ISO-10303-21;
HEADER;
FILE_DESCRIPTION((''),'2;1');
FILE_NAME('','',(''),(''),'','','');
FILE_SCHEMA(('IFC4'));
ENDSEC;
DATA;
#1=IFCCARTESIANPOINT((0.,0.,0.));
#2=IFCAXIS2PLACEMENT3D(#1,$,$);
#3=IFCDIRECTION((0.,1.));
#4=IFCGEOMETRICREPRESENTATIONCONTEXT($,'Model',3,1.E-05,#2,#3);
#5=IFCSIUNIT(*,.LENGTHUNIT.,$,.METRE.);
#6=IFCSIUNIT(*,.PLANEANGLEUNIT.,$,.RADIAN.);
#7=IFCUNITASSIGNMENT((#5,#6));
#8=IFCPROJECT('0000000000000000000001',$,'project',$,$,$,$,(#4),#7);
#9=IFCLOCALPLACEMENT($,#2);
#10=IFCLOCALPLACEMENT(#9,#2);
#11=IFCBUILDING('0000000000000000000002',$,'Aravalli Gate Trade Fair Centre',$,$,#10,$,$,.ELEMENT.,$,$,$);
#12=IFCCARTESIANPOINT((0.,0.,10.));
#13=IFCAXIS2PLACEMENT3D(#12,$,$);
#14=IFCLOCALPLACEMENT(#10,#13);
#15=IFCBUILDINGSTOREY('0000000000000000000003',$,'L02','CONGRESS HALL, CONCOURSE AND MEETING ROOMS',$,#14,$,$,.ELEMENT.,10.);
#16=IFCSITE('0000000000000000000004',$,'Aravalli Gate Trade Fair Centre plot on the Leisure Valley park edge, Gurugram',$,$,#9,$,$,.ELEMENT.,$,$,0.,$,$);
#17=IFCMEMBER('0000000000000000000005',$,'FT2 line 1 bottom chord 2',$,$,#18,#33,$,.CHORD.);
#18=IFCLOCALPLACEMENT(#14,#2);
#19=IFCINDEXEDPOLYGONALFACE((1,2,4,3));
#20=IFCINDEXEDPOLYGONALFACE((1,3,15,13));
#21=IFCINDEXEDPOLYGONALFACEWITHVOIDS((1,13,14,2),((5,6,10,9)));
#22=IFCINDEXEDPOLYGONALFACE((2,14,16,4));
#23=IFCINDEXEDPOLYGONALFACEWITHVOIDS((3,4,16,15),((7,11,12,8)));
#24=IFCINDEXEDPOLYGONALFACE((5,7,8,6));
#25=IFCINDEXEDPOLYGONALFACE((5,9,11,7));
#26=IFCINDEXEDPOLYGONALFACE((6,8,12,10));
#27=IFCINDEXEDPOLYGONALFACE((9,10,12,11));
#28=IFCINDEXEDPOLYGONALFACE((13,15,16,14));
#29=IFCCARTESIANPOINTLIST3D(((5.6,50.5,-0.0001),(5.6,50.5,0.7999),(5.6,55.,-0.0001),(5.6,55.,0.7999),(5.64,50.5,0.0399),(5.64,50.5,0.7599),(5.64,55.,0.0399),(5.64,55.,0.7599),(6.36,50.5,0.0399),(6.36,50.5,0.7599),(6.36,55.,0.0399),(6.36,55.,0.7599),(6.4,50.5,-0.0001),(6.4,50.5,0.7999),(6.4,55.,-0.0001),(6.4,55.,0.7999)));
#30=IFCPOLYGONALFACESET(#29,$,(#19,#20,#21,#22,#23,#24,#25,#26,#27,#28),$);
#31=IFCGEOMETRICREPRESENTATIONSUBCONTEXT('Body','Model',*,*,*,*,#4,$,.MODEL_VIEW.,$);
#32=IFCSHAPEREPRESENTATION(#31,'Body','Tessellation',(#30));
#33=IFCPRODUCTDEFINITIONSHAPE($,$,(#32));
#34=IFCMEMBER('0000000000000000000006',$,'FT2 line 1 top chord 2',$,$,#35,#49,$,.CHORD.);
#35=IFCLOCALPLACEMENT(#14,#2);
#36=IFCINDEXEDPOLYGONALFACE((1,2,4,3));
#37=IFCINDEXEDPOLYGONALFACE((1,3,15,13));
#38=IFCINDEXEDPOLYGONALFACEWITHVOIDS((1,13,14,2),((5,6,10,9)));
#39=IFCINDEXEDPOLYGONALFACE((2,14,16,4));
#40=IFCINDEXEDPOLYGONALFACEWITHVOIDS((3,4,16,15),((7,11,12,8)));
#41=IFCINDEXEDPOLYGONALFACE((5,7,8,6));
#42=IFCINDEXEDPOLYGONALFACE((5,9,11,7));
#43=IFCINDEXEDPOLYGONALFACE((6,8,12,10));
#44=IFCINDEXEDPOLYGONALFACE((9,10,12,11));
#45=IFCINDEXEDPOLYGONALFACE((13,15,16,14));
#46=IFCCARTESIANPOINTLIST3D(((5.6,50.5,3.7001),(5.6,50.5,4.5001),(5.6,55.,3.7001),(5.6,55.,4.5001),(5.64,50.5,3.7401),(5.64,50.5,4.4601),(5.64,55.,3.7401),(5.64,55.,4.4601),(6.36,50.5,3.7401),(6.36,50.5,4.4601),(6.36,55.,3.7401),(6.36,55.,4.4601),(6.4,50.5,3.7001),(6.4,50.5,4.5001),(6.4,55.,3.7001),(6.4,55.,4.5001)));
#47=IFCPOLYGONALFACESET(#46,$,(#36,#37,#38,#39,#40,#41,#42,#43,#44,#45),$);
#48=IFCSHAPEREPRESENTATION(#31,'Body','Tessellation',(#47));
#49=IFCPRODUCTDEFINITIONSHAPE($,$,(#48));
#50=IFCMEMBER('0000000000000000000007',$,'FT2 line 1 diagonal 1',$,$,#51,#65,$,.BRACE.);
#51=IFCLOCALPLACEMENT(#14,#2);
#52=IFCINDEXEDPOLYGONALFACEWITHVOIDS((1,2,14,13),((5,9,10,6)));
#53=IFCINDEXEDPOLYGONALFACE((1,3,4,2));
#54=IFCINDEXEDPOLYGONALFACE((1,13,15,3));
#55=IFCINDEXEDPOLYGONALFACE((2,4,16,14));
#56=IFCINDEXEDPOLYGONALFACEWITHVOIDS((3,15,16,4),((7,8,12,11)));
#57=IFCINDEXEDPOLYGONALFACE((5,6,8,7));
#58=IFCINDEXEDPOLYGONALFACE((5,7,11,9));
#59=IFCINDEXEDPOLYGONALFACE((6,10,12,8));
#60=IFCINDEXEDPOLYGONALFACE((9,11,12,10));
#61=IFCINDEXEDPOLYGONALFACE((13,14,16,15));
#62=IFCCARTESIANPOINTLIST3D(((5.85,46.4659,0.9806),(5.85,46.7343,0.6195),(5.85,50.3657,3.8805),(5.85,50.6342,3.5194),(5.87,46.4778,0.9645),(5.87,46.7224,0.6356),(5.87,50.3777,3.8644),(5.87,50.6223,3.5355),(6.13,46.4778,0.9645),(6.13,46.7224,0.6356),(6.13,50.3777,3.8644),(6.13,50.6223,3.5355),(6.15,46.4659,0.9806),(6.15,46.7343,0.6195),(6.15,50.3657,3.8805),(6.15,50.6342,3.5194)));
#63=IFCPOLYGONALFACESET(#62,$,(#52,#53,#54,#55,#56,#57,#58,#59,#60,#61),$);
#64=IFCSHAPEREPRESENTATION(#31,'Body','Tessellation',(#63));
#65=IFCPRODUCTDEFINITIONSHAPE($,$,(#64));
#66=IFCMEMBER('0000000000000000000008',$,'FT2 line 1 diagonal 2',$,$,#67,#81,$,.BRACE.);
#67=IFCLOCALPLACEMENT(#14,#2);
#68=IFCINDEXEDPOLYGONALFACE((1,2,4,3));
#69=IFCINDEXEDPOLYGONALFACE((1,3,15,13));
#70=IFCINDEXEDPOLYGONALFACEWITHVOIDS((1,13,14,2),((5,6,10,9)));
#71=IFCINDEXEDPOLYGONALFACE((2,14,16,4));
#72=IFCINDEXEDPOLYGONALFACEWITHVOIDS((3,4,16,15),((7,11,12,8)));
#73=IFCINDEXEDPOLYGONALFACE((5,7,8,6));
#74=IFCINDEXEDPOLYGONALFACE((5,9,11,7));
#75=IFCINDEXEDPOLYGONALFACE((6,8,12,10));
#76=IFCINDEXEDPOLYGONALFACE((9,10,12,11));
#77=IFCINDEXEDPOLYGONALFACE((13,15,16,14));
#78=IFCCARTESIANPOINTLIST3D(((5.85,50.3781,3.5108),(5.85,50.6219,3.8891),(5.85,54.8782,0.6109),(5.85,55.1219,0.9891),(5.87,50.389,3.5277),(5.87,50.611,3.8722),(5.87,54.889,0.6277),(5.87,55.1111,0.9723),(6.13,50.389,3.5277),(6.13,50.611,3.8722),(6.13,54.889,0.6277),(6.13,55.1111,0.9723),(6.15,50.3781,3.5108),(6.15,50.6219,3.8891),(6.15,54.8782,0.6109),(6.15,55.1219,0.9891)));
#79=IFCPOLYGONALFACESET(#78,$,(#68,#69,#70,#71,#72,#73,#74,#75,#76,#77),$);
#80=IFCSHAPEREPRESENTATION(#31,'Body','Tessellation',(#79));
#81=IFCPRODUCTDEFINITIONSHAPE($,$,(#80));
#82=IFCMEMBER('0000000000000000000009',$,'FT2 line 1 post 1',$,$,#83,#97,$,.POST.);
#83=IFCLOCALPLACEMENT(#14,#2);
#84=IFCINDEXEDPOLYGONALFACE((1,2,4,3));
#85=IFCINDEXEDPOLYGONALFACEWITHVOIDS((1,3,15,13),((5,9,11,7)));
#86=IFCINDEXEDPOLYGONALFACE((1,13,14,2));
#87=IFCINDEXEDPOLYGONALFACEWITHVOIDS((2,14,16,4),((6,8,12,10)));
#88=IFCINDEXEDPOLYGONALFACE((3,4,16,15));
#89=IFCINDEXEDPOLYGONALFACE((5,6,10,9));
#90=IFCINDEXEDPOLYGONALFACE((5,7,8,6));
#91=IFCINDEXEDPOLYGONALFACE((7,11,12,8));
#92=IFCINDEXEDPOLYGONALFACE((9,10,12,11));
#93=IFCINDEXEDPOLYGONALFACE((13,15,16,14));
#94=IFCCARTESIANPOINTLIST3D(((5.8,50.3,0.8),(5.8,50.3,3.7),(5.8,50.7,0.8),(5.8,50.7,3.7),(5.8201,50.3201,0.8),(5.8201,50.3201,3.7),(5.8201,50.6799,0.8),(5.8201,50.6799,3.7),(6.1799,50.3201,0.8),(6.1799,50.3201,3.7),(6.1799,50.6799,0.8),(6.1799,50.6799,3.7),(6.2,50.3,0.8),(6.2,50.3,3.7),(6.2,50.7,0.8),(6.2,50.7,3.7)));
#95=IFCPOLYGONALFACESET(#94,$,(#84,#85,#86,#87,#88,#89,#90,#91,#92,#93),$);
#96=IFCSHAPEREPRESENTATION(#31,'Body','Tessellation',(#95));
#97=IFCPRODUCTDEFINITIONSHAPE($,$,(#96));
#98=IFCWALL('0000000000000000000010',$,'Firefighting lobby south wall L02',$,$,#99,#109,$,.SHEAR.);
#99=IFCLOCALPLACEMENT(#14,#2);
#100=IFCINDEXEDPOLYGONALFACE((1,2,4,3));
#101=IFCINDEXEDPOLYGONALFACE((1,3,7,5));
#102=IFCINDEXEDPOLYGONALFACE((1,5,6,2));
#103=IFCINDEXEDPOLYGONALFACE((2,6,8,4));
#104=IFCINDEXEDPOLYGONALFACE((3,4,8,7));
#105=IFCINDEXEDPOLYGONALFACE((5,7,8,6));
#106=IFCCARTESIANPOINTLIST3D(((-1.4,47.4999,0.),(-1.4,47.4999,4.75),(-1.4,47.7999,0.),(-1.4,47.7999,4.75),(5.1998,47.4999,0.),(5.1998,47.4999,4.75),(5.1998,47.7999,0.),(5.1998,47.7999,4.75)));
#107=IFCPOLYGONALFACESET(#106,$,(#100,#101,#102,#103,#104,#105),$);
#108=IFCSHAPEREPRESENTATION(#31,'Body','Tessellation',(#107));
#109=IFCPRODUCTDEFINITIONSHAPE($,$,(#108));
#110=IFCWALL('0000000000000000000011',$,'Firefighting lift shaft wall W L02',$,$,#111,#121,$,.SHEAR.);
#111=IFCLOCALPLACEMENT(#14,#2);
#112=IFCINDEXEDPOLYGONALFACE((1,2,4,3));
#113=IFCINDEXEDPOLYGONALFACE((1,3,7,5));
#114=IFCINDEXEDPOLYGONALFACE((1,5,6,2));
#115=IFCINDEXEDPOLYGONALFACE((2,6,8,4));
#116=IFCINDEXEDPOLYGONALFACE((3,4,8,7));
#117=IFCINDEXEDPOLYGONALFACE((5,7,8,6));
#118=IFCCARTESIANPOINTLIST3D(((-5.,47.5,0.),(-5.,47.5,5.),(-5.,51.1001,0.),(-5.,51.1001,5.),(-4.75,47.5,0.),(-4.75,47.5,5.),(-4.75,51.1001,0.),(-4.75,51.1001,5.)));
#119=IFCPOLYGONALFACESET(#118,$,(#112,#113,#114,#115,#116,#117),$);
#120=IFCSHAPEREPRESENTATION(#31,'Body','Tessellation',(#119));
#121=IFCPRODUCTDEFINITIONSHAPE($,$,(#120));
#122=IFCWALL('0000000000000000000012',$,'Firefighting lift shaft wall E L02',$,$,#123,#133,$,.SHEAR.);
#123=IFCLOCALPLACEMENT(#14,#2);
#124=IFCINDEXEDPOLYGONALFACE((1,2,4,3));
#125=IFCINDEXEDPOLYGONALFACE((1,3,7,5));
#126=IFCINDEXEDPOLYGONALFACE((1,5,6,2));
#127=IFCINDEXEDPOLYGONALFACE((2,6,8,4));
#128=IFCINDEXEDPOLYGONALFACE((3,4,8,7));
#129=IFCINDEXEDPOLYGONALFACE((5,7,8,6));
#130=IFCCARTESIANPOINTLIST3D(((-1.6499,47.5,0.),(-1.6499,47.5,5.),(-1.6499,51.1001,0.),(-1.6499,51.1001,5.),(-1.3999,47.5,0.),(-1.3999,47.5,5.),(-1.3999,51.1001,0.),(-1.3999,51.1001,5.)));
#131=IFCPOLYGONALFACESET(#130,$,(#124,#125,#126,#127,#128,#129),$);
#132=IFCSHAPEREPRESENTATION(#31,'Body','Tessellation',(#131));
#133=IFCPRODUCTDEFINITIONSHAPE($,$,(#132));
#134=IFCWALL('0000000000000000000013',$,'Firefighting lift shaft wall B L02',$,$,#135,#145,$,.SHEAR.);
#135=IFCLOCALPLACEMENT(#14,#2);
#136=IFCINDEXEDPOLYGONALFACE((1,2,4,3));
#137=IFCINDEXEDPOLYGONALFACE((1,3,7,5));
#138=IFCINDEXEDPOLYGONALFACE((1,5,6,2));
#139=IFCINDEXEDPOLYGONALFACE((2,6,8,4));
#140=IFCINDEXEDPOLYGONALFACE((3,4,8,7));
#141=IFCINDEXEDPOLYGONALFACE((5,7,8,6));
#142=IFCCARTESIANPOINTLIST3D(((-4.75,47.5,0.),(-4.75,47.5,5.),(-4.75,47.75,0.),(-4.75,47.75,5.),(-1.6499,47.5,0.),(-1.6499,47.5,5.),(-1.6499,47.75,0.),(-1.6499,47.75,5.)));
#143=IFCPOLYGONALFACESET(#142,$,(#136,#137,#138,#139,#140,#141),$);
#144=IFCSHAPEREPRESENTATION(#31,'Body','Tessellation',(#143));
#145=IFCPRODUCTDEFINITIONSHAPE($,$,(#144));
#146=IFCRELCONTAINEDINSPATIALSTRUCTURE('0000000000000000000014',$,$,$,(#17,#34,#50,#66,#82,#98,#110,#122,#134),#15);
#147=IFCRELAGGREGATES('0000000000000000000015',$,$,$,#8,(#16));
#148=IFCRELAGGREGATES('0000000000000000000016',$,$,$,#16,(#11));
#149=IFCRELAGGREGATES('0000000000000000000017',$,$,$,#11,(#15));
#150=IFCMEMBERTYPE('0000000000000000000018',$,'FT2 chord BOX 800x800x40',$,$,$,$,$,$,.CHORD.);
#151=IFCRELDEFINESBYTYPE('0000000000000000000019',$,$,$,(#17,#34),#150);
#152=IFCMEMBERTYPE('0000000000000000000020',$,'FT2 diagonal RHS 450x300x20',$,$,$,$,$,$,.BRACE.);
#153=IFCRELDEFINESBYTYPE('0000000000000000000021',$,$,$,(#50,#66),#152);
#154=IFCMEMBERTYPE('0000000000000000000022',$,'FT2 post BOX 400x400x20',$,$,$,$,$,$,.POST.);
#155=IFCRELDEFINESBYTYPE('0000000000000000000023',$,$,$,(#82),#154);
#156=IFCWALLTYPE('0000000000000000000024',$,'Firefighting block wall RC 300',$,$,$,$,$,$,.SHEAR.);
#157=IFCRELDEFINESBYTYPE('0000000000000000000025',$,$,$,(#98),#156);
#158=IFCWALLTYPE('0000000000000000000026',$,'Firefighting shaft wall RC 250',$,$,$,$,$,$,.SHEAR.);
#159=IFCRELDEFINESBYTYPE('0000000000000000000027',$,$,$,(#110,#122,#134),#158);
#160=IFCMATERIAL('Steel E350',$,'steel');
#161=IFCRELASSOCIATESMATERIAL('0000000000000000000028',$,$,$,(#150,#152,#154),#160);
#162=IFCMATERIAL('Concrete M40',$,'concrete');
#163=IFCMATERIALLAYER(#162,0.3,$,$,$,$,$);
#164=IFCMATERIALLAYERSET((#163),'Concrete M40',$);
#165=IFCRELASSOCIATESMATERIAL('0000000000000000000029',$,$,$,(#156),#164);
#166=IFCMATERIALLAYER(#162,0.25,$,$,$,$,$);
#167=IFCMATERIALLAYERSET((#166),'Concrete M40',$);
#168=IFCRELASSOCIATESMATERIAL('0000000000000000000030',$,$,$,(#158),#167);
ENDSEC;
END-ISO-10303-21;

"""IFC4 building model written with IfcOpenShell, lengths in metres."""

from ifc_helpers import new_model, si_unit, direction, frame, frame_2d, origin, origin_2d, place, context, subcontext, project, spatial, rectangle, hollow_rectangle, extrude, material, layer, layer_set, material_profile, profile_set, type_object, element, save


model = new_model("IFC4")

# Units and contexts
model_context = context("Model", 3, precision=1e-05, world=origin(), true_north=direction((0.0, 1.0)))
body_context = subcontext(model_context, "Body", "Model", "MODEL_VIEW")
ifc_project = project(units=[si_unit("LENGTHUNIT", "METRE"), si_unit("PLANEANGLEUNIT", "RADIAN")], contexts=[model_context])

# Site, building, storey
site_placement = place(None, origin())
site = spatial("IfcSite", under=ifc_project, at=site_placement, Name="Aravalli Gate Trade Fair Centre plot on the Leisure Valley park edge, Gurugram", CompositionType="ELEMENT", RefElevation=0.0)
building_placement = place(site_placement, origin())
building = spatial("IfcBuilding", under=site, at=building_placement, Name="Aravalli Gate Trade Fair Centre", CompositionType="ELEMENT")
storey_placement = place(building_placement, frame((0.0, 0.0, 10.0)))
storey = spatial("IfcBuildingStorey", under=building, at=storey_placement, Name="L02", Description="CONGRESS HALL, CONCOURSE AND MEETING ROOMS", CompositionType="ELEMENT", Elevation=10.0)

# Members
ifc_material_1 = material(Name="Steel E350", Category="steel")
ifc_material_profile_1 = material_profile(ifc_material_1, hollow_rectangle(XDim=0.8, YDim=0.8, WallThickness=0.04, at=origin_2d()), Name="BOX 800x800x40")
ifc_profile_set_1 = profile_set([ifc_material_profile_1], Name="Steel E350")
member_type_1 = type_object("IfcMemberType", Name="FT2 chord BOX 800x800x40", PredefinedType="CHORD", material=ifc_profile_set_1)
for number, where, z_axis, x_axis, name in (
    (1, (6.0, 50.5, 0.3999), (0.0, 1.0, 0.0), (-1.0, 0.0, 0.0), "FT2 line 1 bottom chord 2"),
    (2, (6.0, 50.5, 4.1001), (0.0, 1.0, 0.0), (-1.0, 0.0, 0.0), "FT2 line 1 top chord 2"),
):
    element("IfcMember", number, at=place(storey_placement, frame(where, z_axis=z_axis, x_axis=x_axis)), inside=storey, type_object=member_type_1, Name=name, PredefinedType="CHORD", context=body_context, shape_type="SweptSolid", body=[
        extrude(hollow_rectangle(XDim=0.8, YDim=0.8, WallThickness=0.04, at=origin_2d()), origin(), (0.0, 0.0, 1.0), 4.5),
    ])
ifc_material_profile_2 = material_profile(ifc_material_1, hollow_rectangle(XDim=0.3, YDim=0.45, WallThickness=0.02, at=origin_2d()), Name="RHS 450x300x20")
ifc_profile_set_2 = profile_set([ifc_material_profile_2], Name="Steel E350")
member_type_2 = type_object("IfcMemberType", Name="FT2 diagonal RHS 450x300x20", PredefinedType="BRACE", material=ifc_profile_set_2)
member_1_placement = place(storey_placement, frame((6.0, 46.6001, 0.8), z_axis=(0.0, 0.802465, 0.596699), x_axis=(-1.0, 0.0, 0.0)))
element("IfcMember", 3, at=member_1_placement, inside=storey, type_object=member_type_2, Name="FT2 line 1 diagonal 1", PredefinedType="BRACE", context=body_context, shape_type="SweptSolid", body=[
    extrude(hollow_rectangle(XDim=0.3, YDim=0.45, WallThickness=0.02, at=origin_2d()), origin(), (0.0, 0.0, 1.0), 4.8599),
])
member_2_placement = place(storey_placement, frame((6.0, 50.5, 3.7), z_axis=(0.0, 0.840579, -0.541688), x_axis=(-1.0, 0.0, 0.0)))
element("IfcMember", 4, at=member_2_placement, inside=storey, type_object=member_type_2, Name="FT2 line 1 diagonal 2", PredefinedType="BRACE", context=body_context, shape_type="SweptSolid", body=[
    extrude(hollow_rectangle(XDim=0.3, YDim=0.45, WallThickness=0.02, at=origin_2d()), origin(), (0.0, 0.0, 1.0), 5.3535),
])
ifc_material_profile_3 = material_profile(ifc_material_1, hollow_rectangle(XDim=0.3999, YDim=0.3999, WallThickness=0.02, at=origin_2d()), Name="BOX 400x400x20")
ifc_profile_set_3 = profile_set([ifc_material_profile_3], Name="Steel E350")
member_type_3 = type_object("IfcMemberType", Name="FT2 post BOX 400x400x20", PredefinedType="POST", material=ifc_profile_set_3)
member_3_placement = place(storey_placement, frame((6.0, 50.5, 0.8), z_axis=(0.0, 0.0, 1.0), x_axis=(1.0, 0.0, 0.0)))
element("IfcMember", 5, at=member_3_placement, inside=storey, type_object=member_type_3, Name="FT2 line 1 post 1", PredefinedType="POST", context=body_context, shape_type="SweptSolid", body=[
    extrude(hollow_rectangle(XDim=0.3999, YDim=0.3999, WallThickness=0.02, at=origin_2d()), origin(), (0.0, 0.0, 1.0), 2.8999),
])

# Walls
ifc_material_2 = material(Name="Concrete M40", Category="concrete")
ifc_layer_1 = layer(ifc_material_2, 0.3)
ifc_layer_set_1 = layer_set([ifc_layer_1], Name="Concrete M40")
wall_type_1 = type_object("IfcWallType", Name="Firefighting block wall RC 300", PredefinedType="SHEAR", material=ifc_layer_set_1)
wall_1_placement = place(storey_placement, frame((-1.3999, 47.6499, 0.0), z_axis=(0.0, 0.0, 1.0), x_axis=(1.0, 0.0, 0.0)))
element("IfcWall", 6, at=wall_1_placement, inside=storey, type_object=wall_type_1, Name="Firefighting lobby south wall L02", PredefinedType="SHEAR", context=body_context, shape_type="SweptSolid", body=[
    extrude(rectangle(XDim=6.5999, YDim=0.3, at=frame_2d((3.2998, 0.0))), origin(), (0.0, 0.0, 1.0), 4.75),
])
ifc_layer_2 = layer(ifc_material_2, 0.25)
ifc_layer_set_2 = layer_set([ifc_layer_2], Name="Concrete M40")
wall_type_2 = type_object("IfcWallType", Name="Firefighting shaft wall RC 250", PredefinedType="SHEAR", material=ifc_layer_set_2)
for number, where, z_axis, x_axis, name in (
    (7, (-4.875, 47.5, 0.0), (0.0, 0.0, 1.0), (0.0, 1.0, 0.0), "Firefighting lift shaft wall W L02"),
    (8, (-1.5249, 47.5, 0.0), (0.0, 0.0, 1.0), (0.0, 1.0, 0.0), "Firefighting lift shaft wall E L02"),
):
    element("IfcWall", number, at=place(storey_placement, frame(where, z_axis=z_axis, x_axis=x_axis)), inside=storey, type_object=wall_type_2, Name=name, PredefinedType="SHEAR", context=body_context, shape_type="SweptSolid", body=[
        extrude(rectangle(XDim=3.6001, YDim=0.25, at=frame_2d((1.8, 0.0))), origin(), (0.0, 0.0, 1.0), 5.0),
    ])
wall_2_placement = place(storey_placement, frame((-4.75, 47.625, 0.0), z_axis=(0.0, 0.0, 1.0), x_axis=(1.0, 0.0, 0.0)))
element("IfcWall", 9, at=wall_2_placement, inside=storey, type_object=wall_type_2, Name="Firefighting lift shaft wall B L02", PredefinedType="SHEAR", context=body_context, shape_type="SweptSolid", body=[
    extrude(rectangle(XDim=3.1001, YDim=0.25, at=frame_2d((1.55, 0.0))), origin(), (0.0, 0.0, 1.0), 5.0),
])

save(model, "model.ifc")
